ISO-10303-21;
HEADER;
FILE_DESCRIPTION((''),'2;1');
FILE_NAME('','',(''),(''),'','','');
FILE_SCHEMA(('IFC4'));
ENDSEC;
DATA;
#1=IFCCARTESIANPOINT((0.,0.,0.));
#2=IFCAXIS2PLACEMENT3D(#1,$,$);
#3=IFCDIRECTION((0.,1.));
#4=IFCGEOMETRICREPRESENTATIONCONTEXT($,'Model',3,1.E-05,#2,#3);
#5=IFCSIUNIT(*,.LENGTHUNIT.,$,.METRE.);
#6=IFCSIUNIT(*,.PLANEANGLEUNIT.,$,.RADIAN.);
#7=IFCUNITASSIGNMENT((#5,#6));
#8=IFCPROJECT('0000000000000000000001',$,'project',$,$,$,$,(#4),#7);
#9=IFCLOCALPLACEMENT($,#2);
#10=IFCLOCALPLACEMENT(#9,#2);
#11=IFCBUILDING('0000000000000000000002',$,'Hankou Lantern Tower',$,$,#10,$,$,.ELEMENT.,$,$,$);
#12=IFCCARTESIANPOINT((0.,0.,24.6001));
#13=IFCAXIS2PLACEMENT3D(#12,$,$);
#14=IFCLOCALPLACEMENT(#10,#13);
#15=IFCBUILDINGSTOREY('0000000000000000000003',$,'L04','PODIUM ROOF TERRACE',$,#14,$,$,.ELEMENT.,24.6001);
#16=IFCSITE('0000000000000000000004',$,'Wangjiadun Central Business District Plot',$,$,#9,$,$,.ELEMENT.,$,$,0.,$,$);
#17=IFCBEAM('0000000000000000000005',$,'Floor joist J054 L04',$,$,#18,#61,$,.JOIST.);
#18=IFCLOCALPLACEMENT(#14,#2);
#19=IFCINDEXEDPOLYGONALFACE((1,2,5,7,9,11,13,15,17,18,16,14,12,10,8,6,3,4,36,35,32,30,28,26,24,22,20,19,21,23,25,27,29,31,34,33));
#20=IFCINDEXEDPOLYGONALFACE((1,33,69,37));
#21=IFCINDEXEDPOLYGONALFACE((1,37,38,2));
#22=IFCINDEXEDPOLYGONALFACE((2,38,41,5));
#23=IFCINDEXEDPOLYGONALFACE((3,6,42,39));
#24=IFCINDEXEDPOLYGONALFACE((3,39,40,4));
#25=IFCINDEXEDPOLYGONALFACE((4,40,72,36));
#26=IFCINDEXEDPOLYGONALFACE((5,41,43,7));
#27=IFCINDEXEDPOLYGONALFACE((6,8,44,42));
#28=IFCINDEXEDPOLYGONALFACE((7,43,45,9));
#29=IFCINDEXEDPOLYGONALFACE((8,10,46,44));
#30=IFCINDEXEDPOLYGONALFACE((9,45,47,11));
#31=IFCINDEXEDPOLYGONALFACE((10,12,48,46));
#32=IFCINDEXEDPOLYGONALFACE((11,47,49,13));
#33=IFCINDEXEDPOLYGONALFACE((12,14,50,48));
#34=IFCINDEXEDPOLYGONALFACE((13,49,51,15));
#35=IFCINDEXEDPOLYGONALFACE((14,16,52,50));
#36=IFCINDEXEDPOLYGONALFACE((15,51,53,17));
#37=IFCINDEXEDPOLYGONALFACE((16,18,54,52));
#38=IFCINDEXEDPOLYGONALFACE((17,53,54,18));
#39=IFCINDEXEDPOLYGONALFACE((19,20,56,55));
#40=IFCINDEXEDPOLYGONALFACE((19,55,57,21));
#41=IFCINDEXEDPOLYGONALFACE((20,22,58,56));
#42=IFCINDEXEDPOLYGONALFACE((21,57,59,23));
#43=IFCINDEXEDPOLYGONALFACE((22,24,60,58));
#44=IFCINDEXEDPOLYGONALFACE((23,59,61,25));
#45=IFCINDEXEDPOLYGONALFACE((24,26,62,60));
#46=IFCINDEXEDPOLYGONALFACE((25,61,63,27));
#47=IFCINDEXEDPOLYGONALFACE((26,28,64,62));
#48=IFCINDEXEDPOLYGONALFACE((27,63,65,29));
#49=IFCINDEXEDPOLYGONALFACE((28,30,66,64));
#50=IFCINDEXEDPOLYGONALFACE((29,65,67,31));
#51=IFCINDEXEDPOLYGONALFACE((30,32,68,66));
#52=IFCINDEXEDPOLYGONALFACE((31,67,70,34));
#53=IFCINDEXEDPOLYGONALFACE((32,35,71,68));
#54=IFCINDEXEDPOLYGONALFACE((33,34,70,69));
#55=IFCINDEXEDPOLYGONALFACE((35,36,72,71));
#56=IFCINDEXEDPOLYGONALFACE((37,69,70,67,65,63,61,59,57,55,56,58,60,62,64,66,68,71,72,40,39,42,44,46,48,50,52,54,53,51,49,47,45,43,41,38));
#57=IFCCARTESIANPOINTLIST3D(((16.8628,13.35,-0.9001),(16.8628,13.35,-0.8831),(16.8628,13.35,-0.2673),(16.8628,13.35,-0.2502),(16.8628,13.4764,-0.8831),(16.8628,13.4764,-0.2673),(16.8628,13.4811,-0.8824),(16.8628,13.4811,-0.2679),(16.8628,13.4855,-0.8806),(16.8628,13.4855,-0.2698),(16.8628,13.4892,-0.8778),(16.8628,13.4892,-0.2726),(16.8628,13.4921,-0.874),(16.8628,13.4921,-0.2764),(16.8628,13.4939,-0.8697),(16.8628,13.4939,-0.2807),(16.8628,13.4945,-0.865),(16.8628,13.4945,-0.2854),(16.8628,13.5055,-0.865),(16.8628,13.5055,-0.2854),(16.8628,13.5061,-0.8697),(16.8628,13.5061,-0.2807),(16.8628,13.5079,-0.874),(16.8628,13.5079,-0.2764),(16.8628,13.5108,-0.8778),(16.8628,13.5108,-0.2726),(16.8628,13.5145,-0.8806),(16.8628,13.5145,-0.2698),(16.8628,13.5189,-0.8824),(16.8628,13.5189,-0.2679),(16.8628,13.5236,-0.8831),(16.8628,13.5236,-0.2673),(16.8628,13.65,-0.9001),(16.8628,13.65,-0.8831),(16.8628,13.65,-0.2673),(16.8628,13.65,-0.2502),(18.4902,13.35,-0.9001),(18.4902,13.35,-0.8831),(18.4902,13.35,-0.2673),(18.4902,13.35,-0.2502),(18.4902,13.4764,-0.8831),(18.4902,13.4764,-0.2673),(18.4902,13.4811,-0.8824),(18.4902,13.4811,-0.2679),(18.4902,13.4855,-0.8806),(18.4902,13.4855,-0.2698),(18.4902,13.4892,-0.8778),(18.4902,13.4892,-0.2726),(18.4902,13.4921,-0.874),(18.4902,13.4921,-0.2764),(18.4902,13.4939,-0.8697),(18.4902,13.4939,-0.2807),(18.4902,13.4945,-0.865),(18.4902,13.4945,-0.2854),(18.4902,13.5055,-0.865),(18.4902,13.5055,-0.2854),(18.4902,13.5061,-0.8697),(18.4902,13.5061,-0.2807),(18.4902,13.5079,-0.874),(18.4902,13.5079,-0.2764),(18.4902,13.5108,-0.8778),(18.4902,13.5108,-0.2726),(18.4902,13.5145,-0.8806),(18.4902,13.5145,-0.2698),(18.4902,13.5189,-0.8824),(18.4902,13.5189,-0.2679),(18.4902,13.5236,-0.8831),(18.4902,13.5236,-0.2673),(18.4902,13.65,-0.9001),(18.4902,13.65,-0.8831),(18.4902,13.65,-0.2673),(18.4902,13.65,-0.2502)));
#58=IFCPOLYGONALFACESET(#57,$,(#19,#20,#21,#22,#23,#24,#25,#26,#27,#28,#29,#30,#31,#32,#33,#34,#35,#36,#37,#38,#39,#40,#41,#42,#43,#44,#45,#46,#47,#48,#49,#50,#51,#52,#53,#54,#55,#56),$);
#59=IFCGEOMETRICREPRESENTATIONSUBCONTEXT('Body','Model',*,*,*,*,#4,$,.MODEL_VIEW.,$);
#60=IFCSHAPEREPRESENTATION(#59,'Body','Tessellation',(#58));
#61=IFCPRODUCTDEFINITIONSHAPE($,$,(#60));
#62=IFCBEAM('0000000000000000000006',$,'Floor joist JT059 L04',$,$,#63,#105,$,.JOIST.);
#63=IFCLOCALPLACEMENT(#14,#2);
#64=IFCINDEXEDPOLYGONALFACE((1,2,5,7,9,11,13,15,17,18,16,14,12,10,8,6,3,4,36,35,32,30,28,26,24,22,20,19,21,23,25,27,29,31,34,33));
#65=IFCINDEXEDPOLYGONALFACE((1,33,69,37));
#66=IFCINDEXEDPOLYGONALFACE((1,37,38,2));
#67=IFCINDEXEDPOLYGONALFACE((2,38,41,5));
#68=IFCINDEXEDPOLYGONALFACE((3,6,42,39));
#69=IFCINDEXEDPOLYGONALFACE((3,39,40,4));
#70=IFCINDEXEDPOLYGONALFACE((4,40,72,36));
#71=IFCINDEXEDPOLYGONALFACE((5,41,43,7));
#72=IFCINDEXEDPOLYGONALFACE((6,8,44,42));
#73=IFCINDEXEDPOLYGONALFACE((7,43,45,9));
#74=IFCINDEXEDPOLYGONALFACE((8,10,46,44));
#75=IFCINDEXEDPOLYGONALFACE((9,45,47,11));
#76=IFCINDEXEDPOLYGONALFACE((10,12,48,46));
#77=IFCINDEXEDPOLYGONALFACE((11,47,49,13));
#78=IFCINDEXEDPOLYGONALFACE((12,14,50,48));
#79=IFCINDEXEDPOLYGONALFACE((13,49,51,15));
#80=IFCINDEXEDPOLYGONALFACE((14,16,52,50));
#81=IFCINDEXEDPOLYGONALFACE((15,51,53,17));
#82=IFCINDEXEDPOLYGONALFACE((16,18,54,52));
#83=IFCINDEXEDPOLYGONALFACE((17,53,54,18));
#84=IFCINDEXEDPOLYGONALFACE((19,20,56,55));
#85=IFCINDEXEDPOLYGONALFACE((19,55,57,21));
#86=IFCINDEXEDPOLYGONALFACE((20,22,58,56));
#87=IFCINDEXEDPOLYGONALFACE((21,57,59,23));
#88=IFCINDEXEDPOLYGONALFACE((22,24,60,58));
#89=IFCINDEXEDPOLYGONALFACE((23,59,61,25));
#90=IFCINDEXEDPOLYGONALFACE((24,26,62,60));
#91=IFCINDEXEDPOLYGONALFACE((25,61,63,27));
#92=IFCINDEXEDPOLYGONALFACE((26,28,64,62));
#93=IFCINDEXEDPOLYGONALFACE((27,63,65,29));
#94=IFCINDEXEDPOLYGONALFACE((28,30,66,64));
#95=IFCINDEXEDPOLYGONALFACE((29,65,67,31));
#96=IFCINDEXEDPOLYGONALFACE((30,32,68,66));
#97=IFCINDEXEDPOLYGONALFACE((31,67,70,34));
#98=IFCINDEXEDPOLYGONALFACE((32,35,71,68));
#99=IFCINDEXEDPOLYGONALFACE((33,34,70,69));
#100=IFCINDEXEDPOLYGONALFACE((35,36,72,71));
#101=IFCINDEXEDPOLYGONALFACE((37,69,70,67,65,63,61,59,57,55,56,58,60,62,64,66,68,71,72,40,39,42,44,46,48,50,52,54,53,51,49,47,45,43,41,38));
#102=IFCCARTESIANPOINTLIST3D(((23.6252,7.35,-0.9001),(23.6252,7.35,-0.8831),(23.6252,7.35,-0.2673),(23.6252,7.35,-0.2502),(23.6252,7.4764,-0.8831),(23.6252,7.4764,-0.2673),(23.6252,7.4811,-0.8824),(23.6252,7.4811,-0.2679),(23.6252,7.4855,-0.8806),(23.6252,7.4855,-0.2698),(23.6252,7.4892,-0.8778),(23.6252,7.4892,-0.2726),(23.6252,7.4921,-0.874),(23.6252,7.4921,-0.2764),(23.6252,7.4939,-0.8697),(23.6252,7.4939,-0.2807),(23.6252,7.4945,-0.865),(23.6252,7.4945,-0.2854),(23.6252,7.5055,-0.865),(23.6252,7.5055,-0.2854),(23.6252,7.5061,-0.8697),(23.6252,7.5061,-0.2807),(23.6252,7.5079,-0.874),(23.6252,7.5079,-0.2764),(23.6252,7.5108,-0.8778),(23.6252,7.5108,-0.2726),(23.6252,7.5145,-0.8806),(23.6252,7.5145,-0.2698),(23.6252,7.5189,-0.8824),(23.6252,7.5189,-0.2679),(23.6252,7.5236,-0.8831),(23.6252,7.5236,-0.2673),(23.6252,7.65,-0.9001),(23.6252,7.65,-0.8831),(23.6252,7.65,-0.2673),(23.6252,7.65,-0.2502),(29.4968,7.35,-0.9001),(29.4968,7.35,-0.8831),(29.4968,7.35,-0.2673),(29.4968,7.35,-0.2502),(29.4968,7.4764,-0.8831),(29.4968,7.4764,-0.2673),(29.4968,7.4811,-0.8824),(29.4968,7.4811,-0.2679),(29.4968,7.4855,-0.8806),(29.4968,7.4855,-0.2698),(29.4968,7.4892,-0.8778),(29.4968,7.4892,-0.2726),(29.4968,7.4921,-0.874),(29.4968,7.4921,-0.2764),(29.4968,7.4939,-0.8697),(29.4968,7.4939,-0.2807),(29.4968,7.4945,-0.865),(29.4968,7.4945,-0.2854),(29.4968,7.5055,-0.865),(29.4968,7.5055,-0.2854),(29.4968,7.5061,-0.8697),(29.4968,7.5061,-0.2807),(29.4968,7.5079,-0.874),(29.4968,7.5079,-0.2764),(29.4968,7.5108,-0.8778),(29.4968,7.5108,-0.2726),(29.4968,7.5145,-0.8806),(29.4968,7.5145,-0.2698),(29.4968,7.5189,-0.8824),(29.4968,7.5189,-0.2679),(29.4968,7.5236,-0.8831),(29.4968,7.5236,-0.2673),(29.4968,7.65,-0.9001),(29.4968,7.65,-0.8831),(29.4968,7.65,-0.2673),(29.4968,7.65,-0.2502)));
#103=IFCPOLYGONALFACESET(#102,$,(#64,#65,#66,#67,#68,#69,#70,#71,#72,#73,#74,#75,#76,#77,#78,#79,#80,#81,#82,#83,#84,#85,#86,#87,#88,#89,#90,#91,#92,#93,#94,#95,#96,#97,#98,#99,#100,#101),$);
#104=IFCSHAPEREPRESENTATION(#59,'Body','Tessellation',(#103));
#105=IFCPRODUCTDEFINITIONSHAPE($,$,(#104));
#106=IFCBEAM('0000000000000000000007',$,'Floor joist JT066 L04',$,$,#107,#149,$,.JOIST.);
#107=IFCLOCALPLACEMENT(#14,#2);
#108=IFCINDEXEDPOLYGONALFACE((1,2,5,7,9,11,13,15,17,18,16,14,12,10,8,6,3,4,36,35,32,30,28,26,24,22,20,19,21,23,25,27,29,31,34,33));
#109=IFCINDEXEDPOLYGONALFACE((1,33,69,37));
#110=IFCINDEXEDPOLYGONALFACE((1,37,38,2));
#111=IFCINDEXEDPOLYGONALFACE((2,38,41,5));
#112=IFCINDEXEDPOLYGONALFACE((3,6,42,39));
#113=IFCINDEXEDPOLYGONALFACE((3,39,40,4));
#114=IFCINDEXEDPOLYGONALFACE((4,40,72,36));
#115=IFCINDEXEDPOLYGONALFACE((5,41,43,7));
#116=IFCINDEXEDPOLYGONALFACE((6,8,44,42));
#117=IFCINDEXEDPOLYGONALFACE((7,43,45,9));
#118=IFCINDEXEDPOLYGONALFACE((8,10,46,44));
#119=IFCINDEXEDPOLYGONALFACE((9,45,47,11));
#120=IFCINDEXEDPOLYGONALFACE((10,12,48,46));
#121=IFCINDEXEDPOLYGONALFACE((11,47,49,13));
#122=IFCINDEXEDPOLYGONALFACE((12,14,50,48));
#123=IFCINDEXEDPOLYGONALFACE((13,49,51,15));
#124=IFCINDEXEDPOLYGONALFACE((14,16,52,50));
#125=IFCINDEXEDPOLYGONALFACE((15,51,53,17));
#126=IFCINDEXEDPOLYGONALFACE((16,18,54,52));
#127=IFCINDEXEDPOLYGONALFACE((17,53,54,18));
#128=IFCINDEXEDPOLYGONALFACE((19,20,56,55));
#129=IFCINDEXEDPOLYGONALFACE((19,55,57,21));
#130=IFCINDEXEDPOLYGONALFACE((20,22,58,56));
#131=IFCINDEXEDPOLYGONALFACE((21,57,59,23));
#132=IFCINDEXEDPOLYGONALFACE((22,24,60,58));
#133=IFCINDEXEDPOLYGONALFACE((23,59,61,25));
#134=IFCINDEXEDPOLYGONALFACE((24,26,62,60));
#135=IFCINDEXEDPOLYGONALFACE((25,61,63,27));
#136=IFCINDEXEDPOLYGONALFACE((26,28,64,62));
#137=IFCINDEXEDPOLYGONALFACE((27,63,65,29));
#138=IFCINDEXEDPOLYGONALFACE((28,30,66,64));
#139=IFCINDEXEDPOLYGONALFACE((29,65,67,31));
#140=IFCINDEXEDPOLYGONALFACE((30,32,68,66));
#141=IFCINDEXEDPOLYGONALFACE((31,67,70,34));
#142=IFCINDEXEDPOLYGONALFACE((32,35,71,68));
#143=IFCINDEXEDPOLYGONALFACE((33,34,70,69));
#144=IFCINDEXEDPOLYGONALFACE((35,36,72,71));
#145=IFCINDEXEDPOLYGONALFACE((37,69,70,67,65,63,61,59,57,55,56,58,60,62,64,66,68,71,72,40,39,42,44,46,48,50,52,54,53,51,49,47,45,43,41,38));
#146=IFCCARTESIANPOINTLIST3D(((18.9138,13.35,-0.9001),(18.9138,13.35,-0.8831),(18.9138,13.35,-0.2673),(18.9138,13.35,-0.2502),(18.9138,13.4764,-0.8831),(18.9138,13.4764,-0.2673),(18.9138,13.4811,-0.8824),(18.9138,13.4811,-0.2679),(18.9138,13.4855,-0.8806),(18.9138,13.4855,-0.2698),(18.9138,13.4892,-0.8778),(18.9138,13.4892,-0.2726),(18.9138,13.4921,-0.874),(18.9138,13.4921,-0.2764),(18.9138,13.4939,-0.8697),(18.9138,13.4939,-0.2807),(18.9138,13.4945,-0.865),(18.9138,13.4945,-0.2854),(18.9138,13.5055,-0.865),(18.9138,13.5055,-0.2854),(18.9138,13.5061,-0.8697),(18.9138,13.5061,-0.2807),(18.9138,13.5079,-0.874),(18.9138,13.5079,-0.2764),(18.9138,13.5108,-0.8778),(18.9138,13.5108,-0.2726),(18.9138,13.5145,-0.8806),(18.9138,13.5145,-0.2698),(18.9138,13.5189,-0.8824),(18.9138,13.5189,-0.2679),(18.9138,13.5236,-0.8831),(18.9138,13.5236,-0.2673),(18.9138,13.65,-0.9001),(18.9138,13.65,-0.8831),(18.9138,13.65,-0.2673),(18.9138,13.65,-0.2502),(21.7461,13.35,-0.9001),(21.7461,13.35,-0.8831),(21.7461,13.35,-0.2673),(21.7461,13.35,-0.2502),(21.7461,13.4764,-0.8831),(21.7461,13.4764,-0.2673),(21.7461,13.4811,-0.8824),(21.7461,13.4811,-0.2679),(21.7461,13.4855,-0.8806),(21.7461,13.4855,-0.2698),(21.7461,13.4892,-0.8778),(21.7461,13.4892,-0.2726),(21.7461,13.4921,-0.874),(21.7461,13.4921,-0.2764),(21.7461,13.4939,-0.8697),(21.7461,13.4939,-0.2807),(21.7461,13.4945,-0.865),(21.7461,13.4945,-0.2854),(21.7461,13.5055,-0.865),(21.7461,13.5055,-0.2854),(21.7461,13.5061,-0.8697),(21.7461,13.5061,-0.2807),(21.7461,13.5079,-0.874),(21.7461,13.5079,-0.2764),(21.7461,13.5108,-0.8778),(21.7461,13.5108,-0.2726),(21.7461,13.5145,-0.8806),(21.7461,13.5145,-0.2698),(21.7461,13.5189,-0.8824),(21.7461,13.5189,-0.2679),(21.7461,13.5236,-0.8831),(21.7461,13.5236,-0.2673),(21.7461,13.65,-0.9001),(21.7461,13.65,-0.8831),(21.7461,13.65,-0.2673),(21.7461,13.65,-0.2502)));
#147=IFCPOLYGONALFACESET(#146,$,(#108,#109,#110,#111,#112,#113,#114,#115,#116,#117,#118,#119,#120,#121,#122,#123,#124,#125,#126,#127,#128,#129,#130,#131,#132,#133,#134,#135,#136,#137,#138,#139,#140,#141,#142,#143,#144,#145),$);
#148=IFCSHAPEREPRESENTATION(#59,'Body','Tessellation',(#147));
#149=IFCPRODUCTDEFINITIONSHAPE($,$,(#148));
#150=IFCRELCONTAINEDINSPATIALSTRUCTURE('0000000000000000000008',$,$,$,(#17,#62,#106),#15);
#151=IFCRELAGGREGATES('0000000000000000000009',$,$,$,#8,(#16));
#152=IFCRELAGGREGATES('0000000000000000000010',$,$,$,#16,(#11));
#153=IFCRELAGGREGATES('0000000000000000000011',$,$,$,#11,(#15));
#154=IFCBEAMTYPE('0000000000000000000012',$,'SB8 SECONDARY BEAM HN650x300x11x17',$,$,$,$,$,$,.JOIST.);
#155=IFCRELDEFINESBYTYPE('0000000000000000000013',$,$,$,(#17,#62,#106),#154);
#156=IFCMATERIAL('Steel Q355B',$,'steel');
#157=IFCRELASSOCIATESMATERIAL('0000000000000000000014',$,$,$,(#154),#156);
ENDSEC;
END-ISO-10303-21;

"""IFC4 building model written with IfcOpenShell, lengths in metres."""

from ifc_helpers import new_model, si_unit, direction, frame, origin, origin_2d, place, context, subcontext, project, spatial, i_section, extrude, material, material_profile, profile_set, type_object, element, save


model = new_model("IFC4")

# Units and contexts
model_context = context("Model", 3, precision=1e-05, world=origin(), true_north=direction((0.0, 1.0)))
body_context = subcontext(model_context, "Body", "Model", "MODEL_VIEW")
ifc_project = project(units=[si_unit("LENGTHUNIT", "METRE"), si_unit("PLANEANGLEUNIT", "RADIAN")], contexts=[model_context])

# Site, building, storey
site_placement = place(None, origin())
site = spatial("IfcSite", under=ifc_project, at=site_placement, Name="Wangjiadun Central Business District Plot", CompositionType="ELEMENT", RefElevation=0.0)
building_placement = place(site_placement, origin())
building = spatial("IfcBuilding", under=site, at=building_placement, Name="Hankou Lantern Tower", CompositionType="ELEMENT")
storey_placement = place(building_placement, frame((0.0, 0.0, 24.6001)))
storey = spatial("IfcBuildingStorey", under=building, at=storey_placement, Name="L04", Description="PODIUM ROOF TERRACE", CompositionType="ELEMENT", Elevation=24.6001)

# Beams
ifc_material_1 = material(Name="Steel Q355B", Category="steel")
ifc_material_profile_1 = material_profile(ifc_material_1, i_section(OverallWidth=0.3, OverallDepth=0.6499, WebThickness=0.011, FlangeThickness=0.0171, FilletRadius=0.0181, at=origin_2d()), Name="HN650x300x11x17")
ifc_profile_set_1 = profile_set([ifc_material_profile_1], Name="Steel Q355B")
beam_type_1 = type_object("IfcBeamType", Name="SB8 SECONDARY BEAM HN650x300x11x17", PredefinedType="JOIST", material=ifc_profile_set_1)
beam_1_placement = place(storey_placement, frame((16.8628, 13.5, -0.5752), z_axis=(1.0, 0.0, 0.0), x_axis=(0.0, 1.0, 0.0)))
element("IfcBeam", 1, at=beam_1_placement, inside=storey, type_object=beam_type_1, Name="Floor joist J054 L04", PredefinedType="JOIST", context=body_context, shape_type="SweptSolid", body=[
    extrude(i_section(OverallWidth=0.3, OverallDepth=0.6499, WebThickness=0.011, FlangeThickness=0.0171, FilletRadius=0.0181, at=origin_2d()), origin(), (0.0, 0.0, 1.0), 1.6274),
])
beam_2_placement = place(storey_placement, frame((23.6252, 7.5, -0.5752), z_axis=(1.0, 0.0, 0.0), x_axis=(0.0, 1.0, 0.0)))
element("IfcBeam", 2, at=beam_2_placement, inside=storey, type_object=beam_type_1, Name="Floor joist JT059 L04", PredefinedType="JOIST", context=body_context, shape_type="SweptSolid", body=[
    extrude(i_section(OverallWidth=0.3, OverallDepth=0.6499, WebThickness=0.011, FlangeThickness=0.0171, FilletRadius=0.0181, at=origin_2d()), origin(), (0.0, 0.0, 1.0), 5.8716),
])
beam_3_placement = place(storey_placement, frame((18.9138, 13.5, -0.5752), z_axis=(1.0, 0.0, 0.0), x_axis=(0.0, 1.0, 0.0)))
element("IfcBeam", 3, at=beam_3_placement, inside=storey, type_object=beam_type_1, Name="Floor joist JT066 L04", PredefinedType="JOIST", context=body_context, shape_type="SweptSolid", body=[
    extrude(i_section(OverallWidth=0.3, OverallDepth=0.6499, WebThickness=0.011, FlangeThickness=0.0171, FilletRadius=0.0181, at=origin_2d()), origin(), (0.0, 0.0, 1.0), 2.8323),
])

save(model, "model.ifc")
